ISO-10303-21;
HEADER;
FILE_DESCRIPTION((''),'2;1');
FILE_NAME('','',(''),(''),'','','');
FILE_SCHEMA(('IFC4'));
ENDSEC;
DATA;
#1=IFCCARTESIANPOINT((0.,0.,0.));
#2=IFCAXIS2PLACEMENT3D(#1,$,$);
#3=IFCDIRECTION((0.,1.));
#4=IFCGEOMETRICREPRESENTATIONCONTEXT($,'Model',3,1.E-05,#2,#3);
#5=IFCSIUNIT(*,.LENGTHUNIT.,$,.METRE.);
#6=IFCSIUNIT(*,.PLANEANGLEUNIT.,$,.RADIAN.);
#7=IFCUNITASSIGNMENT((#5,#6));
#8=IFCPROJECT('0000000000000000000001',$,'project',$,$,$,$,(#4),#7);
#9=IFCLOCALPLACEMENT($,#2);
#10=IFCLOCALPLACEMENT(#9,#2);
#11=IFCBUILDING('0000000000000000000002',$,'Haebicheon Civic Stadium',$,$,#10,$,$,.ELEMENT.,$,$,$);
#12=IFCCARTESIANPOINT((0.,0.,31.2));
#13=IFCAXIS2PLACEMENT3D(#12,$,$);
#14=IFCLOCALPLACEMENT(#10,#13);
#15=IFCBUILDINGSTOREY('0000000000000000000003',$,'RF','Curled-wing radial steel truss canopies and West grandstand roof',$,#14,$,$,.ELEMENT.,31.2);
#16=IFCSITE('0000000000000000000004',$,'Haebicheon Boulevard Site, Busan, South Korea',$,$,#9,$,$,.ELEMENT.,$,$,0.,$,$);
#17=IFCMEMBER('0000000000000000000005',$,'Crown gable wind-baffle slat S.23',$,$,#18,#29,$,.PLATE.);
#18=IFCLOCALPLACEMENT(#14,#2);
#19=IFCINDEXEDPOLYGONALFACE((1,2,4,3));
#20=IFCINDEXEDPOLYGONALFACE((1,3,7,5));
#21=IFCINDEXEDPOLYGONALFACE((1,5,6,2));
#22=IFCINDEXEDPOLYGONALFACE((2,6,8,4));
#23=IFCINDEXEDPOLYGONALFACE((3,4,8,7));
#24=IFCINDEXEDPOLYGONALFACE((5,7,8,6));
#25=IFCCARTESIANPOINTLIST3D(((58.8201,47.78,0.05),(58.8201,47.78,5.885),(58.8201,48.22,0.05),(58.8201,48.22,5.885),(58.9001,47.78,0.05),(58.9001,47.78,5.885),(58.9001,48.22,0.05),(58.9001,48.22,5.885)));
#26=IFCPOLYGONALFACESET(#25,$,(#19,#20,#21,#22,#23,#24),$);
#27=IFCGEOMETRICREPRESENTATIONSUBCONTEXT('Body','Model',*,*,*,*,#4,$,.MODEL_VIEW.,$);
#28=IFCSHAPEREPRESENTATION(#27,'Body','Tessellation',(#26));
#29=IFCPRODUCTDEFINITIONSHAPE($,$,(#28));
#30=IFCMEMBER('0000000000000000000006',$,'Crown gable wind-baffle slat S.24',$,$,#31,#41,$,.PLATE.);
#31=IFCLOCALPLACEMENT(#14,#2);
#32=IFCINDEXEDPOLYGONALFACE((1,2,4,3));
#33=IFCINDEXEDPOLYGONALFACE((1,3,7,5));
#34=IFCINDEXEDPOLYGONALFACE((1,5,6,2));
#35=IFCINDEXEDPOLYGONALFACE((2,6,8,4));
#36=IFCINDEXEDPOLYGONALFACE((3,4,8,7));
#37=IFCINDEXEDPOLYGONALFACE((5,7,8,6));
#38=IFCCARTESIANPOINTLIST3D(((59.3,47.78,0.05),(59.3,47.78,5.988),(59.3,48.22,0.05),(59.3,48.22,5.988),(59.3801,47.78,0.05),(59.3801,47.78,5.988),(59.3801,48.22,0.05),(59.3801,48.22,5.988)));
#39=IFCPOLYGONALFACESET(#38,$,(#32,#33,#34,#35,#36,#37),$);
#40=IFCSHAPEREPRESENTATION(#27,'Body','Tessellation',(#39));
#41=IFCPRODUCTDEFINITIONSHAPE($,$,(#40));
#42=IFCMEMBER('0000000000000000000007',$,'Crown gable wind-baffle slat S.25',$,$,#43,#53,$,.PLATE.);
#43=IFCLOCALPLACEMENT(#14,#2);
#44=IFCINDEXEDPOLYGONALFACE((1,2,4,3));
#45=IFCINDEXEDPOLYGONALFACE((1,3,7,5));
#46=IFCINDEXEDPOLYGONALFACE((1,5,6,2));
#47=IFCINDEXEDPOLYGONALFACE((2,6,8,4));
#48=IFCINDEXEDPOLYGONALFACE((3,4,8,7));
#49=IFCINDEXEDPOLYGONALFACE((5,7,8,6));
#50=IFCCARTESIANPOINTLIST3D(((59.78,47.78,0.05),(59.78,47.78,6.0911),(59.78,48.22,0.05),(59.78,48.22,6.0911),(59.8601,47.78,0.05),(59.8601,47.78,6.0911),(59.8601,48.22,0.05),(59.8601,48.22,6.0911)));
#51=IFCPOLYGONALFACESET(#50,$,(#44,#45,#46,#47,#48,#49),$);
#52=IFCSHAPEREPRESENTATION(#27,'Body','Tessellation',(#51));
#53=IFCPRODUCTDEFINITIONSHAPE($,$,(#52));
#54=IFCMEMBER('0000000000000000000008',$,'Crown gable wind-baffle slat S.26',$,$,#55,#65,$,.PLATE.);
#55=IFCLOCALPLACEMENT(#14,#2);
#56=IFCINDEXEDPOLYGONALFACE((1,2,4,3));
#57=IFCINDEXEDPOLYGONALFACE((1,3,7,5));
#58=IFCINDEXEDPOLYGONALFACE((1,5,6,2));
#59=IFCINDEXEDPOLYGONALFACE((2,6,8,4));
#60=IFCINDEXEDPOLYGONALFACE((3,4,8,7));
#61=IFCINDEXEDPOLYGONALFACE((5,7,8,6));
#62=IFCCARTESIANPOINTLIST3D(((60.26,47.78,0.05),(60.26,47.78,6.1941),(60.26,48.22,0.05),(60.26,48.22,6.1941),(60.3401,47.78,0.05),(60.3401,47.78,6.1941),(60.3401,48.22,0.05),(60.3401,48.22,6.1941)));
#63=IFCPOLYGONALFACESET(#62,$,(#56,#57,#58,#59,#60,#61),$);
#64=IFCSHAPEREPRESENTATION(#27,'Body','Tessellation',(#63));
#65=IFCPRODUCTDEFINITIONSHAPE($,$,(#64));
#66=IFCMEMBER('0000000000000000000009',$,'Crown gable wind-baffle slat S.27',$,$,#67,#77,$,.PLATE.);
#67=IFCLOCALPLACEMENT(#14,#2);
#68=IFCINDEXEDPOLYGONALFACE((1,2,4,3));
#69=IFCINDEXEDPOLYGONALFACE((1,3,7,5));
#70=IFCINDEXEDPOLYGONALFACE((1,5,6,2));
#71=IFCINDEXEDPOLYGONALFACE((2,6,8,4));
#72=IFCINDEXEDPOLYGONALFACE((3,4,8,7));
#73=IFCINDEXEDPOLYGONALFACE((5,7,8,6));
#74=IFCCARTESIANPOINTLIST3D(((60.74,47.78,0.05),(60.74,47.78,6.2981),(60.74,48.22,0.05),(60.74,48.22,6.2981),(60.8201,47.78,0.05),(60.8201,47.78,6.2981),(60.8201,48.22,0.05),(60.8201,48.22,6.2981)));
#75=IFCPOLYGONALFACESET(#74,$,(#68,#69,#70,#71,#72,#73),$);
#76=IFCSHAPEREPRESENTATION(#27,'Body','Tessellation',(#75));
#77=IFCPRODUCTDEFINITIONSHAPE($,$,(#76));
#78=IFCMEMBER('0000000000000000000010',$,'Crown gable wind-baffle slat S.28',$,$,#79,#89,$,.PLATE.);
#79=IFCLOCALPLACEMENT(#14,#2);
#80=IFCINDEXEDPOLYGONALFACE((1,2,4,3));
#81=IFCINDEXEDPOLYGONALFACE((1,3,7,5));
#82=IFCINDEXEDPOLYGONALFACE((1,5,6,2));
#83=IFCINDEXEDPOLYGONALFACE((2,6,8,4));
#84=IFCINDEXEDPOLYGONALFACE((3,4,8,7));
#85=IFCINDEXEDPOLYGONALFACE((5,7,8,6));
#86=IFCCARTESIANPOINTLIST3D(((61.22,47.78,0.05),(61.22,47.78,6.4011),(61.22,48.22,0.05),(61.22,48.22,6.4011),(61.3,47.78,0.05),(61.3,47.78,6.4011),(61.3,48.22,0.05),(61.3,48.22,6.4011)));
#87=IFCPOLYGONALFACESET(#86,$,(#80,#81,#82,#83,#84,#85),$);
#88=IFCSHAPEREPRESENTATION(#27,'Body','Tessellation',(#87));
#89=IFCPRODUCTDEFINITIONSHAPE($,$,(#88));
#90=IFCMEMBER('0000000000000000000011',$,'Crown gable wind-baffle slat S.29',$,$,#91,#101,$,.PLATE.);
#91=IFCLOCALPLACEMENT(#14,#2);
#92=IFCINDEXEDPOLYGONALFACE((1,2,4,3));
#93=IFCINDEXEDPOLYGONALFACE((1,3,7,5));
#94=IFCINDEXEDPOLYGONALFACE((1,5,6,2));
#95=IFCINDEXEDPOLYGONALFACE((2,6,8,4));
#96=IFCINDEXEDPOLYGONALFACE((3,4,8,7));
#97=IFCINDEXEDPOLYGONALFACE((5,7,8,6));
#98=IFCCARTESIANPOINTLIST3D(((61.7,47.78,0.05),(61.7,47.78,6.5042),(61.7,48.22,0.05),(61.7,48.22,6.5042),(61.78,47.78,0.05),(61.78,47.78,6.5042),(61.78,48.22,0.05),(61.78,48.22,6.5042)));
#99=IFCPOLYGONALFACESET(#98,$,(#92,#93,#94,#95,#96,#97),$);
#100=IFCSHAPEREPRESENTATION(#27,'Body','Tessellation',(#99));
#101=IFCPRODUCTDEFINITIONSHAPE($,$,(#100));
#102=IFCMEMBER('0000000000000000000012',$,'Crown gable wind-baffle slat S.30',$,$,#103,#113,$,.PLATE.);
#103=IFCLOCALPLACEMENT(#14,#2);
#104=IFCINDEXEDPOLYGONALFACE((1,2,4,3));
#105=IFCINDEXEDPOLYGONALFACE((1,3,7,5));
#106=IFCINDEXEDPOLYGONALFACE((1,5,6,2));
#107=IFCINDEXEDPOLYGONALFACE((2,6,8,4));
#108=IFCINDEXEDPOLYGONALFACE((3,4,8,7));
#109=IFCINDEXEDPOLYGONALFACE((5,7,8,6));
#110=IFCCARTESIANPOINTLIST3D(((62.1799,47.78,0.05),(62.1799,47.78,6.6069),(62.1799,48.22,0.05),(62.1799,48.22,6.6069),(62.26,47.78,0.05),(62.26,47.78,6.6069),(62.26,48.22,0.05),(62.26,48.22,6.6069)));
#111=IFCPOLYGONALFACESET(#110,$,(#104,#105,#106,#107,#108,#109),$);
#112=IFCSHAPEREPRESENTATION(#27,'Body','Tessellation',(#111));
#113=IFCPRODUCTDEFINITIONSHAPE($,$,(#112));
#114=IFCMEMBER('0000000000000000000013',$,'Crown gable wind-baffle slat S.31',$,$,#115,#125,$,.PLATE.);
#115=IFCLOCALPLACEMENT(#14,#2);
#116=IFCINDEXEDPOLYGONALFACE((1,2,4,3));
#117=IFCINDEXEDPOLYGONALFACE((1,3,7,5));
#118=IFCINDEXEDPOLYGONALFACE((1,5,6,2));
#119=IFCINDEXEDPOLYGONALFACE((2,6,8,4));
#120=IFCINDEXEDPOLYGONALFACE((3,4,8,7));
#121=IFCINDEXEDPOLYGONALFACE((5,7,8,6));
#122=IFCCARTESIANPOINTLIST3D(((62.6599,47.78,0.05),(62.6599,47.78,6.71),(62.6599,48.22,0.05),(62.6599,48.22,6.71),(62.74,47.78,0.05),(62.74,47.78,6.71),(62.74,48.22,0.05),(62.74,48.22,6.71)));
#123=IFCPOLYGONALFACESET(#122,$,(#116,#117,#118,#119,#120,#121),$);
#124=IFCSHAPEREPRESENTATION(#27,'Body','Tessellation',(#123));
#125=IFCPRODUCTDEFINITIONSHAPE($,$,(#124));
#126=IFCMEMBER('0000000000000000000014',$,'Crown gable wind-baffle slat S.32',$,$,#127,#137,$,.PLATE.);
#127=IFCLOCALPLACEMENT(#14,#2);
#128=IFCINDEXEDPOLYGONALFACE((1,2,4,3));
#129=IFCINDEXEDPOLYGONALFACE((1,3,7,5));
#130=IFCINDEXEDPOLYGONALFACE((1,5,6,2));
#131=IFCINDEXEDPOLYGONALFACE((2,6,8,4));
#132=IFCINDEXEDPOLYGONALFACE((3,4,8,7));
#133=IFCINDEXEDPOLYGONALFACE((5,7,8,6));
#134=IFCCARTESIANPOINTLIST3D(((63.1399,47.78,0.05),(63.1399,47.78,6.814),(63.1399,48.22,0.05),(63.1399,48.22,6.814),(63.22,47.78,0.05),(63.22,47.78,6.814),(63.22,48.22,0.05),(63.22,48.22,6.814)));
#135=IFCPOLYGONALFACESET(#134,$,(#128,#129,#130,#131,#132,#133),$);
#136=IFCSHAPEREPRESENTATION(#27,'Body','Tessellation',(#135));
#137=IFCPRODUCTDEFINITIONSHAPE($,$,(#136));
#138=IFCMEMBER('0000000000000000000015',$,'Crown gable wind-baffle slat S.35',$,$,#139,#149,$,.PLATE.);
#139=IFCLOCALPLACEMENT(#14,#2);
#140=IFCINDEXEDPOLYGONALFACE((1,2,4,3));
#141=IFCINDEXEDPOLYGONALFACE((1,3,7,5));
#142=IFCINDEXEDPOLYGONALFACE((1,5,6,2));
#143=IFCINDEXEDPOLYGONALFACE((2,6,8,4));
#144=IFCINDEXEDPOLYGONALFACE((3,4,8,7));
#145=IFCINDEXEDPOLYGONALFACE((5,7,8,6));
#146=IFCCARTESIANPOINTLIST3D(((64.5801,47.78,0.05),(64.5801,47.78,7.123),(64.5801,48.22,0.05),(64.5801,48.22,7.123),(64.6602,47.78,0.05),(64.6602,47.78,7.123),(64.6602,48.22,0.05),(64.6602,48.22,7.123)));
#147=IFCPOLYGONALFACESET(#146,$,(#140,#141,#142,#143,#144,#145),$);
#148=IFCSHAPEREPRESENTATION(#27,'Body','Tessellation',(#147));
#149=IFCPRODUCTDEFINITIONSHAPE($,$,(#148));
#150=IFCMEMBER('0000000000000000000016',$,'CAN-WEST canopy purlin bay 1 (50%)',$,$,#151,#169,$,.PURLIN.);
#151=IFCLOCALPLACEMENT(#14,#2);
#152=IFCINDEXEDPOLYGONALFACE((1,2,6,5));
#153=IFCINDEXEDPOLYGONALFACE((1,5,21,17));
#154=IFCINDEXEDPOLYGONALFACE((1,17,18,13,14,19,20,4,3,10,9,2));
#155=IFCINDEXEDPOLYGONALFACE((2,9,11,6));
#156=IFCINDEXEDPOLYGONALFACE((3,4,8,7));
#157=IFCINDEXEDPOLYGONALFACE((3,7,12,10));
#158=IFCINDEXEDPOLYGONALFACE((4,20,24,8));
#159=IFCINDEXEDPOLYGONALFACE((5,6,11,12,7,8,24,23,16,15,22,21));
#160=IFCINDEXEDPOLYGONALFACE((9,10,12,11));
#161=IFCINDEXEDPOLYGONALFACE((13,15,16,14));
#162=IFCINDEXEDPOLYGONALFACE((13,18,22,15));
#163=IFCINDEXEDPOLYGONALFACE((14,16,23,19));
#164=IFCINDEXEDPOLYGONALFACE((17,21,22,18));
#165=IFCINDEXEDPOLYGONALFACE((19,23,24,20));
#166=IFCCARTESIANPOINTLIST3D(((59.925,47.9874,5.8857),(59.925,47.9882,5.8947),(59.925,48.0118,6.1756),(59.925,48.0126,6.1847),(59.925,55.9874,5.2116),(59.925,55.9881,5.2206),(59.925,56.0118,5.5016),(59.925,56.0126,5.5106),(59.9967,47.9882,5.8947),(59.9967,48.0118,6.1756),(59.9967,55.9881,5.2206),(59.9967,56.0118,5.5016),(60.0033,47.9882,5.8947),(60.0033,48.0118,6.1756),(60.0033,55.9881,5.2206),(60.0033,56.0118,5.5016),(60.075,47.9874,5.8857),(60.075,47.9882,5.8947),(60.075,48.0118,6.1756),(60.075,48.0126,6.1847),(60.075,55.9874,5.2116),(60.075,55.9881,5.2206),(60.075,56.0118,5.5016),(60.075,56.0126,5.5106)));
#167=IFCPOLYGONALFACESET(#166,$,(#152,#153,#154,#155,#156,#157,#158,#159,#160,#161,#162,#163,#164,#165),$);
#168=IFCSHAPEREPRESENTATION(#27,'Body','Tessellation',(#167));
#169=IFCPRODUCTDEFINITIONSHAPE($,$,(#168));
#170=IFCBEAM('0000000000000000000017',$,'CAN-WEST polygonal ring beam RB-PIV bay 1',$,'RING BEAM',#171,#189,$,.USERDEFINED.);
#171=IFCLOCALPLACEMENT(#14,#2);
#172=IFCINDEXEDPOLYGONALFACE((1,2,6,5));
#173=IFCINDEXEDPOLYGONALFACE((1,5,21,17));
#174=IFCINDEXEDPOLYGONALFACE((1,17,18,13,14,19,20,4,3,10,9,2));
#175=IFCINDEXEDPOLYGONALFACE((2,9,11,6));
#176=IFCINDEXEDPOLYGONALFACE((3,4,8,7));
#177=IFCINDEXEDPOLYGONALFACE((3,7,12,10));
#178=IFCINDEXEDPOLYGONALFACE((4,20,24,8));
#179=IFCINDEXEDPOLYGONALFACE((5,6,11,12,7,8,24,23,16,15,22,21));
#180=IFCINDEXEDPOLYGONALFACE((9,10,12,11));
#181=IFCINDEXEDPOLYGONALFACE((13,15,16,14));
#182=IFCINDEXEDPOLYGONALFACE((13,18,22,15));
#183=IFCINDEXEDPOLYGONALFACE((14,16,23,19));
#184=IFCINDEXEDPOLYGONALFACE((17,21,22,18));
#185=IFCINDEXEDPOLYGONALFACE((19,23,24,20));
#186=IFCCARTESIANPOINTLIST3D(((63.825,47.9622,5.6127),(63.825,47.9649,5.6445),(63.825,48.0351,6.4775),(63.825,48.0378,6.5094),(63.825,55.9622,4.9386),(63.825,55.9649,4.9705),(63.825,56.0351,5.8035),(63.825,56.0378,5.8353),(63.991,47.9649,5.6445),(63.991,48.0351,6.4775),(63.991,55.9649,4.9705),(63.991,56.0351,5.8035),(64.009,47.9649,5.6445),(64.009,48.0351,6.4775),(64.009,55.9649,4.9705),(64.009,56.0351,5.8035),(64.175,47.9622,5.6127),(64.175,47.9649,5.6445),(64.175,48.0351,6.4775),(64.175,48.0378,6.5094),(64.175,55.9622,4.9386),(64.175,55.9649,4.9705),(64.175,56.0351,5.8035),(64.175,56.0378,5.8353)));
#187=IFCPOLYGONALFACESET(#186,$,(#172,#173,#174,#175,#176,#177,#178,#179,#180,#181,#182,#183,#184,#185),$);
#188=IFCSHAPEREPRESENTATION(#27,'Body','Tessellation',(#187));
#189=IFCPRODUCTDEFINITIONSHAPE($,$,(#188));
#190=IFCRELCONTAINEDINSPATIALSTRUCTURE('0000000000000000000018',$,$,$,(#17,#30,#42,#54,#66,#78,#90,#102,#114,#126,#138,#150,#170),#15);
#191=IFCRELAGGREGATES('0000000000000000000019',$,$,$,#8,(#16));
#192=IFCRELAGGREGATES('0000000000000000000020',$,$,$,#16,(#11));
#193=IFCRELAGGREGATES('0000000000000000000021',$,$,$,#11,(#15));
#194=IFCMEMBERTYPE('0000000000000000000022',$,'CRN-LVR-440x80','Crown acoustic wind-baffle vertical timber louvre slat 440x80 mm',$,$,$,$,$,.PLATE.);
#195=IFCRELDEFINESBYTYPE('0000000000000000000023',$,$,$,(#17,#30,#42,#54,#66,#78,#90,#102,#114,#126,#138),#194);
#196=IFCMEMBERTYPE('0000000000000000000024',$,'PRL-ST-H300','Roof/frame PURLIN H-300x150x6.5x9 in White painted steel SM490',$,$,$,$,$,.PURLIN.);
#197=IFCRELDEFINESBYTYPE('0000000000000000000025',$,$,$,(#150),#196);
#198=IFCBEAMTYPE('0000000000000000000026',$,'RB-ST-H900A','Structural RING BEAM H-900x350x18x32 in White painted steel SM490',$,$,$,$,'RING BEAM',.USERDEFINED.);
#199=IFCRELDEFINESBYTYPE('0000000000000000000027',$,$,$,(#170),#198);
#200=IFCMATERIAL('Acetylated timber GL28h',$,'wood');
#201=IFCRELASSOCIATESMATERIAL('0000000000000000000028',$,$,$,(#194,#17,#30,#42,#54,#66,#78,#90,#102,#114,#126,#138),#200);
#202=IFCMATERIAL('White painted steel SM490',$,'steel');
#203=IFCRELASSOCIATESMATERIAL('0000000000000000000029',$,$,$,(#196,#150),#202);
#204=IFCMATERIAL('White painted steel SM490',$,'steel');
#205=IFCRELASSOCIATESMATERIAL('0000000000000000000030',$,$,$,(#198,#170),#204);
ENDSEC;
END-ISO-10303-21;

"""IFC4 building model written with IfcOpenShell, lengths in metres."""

from ifc_helpers import new_model, si_unit, direction, frame, origin, origin_2d, place, context, subcontext, project, spatial, rectangle, i_section, extrude, material, material_profile, profile_set, type_object, element, save


model = new_model("IFC4")

# Units and contexts
model_context = context("Model", 3, precision=1e-05, world=origin(), true_north=direction((0.0, 1.0)))
body_context = subcontext(model_context, "Body", "Model", "MODEL_VIEW")
ifc_project = project(units=[si_unit("LENGTHUNIT", "METRE"), si_unit("PLANEANGLEUNIT", "RADIAN")], contexts=[model_context])

# Site, building, storey
site_placement = place(None, origin())
site = spatial("IfcSite", under=ifc_project, at=site_placement, Name="Haebicheon Boulevard Site, Busan, South Korea", CompositionType="ELEMENT", RefElevation=0.0)
building_placement = place(site_placement, origin())
building = spatial("IfcBuilding", under=site, at=building_placement, Name="Haebicheon Civic Stadium", CompositionType="ELEMENT")
storey_placement = place(building_placement, frame((0.0, 0.0, 31.2)))
storey = spatial("IfcBuildingStorey", under=building, at=storey_placement, Name="RF", Description="Curled-wing radial steel truss canopies and West grandstand roof", CompositionType="ELEMENT", Elevation=31.2)

# Members
ifc_material_1 = material(Name="Acetylated timber GL28h", Category="wood")
ifc_material_profile_1 = material_profile(ifc_material_1, rectangle(XDim=0.0801, YDim=0.4399, at=origin_2d()), Name="TMB-LOUV-80x440")
ifc_profile_set_1 = profile_set([ifc_material_profile_1], Name="Acetylated timber GL28h")
member_type_1 = type_object("IfcMemberType", Name="CRN-LVR-440x80", Description="Crown acoustic wind-baffle vertical timber louvre slat 440x80 mm", PredefinedType="PLATE", material=ifc_profile_set_1)
member_1_placement = place(storey_placement, frame((58.8601, 48.0, 0.05), z_axis=(0.0, 0.0, 1.0), x_axis=(1.0, 0.0, 0.0)))
element("IfcMember", 1, at=member_1_placement, inside=storey, type_object=member_type_1, material=ifc_profile_set_1, Name="Crown gable wind-baffle slat S.23", PredefinedType="PLATE", context=body_context, shape_type="SweptSolid", body=[
    extrude(rectangle(XDim=0.0801, YDim=0.4399, at=origin_2d()), origin(), (0.0, 0.0, 1.0), 5.835),
])
member_2_placement = place(storey_placement, frame((59.3401, 48.0, 0.05), z_axis=(0.0, 0.0, 1.0), x_axis=(1.0, 0.0, 0.0)))
element("IfcMember", 2, at=member_2_placement, inside=storey, type_object=member_type_1, material=ifc_profile_set_1, Name="Crown gable wind-baffle slat S.24", PredefinedType="PLATE", context=body_context, shape_type="SweptSolid", body=[
    extrude(rectangle(XDim=0.0801, YDim=0.4399, at=origin_2d()), origin(), (0.0, 0.0, 1.0), 5.938),
])
member_3_placement = place(storey_placement, frame((59.8201, 48.0, 0.05), z_axis=(0.0, 0.0, 1.0), x_axis=(1.0, 0.0, 0.0)))
element("IfcMember", 3, at=member_3_placement, inside=storey, type_object=member_type_1, material=ifc_profile_set_1, Name="Crown gable wind-baffle slat S.25", PredefinedType="PLATE", context=body_context, shape_type="SweptSolid", body=[
    extrude(rectangle(XDim=0.0801, YDim=0.4399, at=origin_2d()), origin(), (0.0, 0.0, 1.0), 6.041),
])
member_4_placement = place(storey_placement, frame((60.3, 48.0, 0.05), z_axis=(0.0, 0.0, 1.0), x_axis=(1.0, 0.0, 0.0)))
element("IfcMember", 4, at=member_4_placement, inside=storey, type_object=member_type_1, material=ifc_profile_set_1, Name="Crown gable wind-baffle slat S.26", PredefinedType="PLATE", context=body_context, shape_type="SweptSolid", body=[
    extrude(rectangle(XDim=0.0801, YDim=0.4399, at=origin_2d()), origin(), (0.0, 0.0, 1.0), 6.144),
])
member_5_placement = place(storey_placement, frame((60.78, 48.0, 0.05), z_axis=(0.0, 0.0, 1.0), x_axis=(1.0, 0.0, 0.0)))
element("IfcMember", 5, at=member_5_placement, inside=storey, type_object=member_type_1, material=ifc_profile_set_1, Name="Crown gable wind-baffle slat S.27", PredefinedType="PLATE", context=body_context, shape_type="SweptSolid", body=[
    extrude(rectangle(XDim=0.0801, YDim=0.4399, at=origin_2d()), origin(), (0.0, 0.0, 1.0), 6.248),
])
member_6_placement = place(storey_placement, frame((61.26, 48.0, 0.05), z_axis=(0.0, 0.0, 1.0), x_axis=(1.0, 0.0, 0.0)))
element("IfcMember", 6, at=member_6_placement, inside=storey, type_object=member_type_1, material=ifc_profile_set_1, Name="Crown gable wind-baffle slat S.28", PredefinedType="PLATE", context=body_context, shape_type="SweptSolid", body=[
    extrude(rectangle(XDim=0.0801, YDim=0.4399, at=origin_2d()), origin(), (0.0, 0.0, 1.0), 6.3511),
])
member_7_placement = place(storey_placement, frame((61.74, 48.0, 0.05), z_axis=(0.0, 0.0, 1.0), x_axis=(1.0, 0.0, 0.0)))
element("IfcMember", 7, at=member_7_placement, inside=storey, type_object=member_type_1, material=ifc_profile_set_1, Name="Crown gable wind-baffle slat S.29", PredefinedType="PLATE", context=body_context, shape_type="SweptSolid", body=[
    extrude(rectangle(XDim=0.0801, YDim=0.4399, at=origin_2d()), origin(), (0.0, 0.0, 1.0), 6.4541),
])
member_8_placement = place(storey_placement, frame((62.22, 48.0, 0.05), z_axis=(0.0, 0.0, 1.0), x_axis=(1.0, 0.0, 0.0)))
element("IfcMember", 8, at=member_8_placement, inside=storey, type_object=member_type_1, material=ifc_profile_set_1, Name="Crown gable wind-baffle slat S.30", PredefinedType="PLATE", context=body_context, shape_type="SweptSolid", body=[
    extrude(rectangle(XDim=0.0801, YDim=0.4399, at=origin_2d()), origin(), (0.0, 0.0, 1.0), 6.5569),
])
member_9_placement = place(storey_placement, frame((62.7, 48.0, 0.05), z_axis=(0.0, 0.0, 1.0), x_axis=(1.0, 0.0, 0.0)))
element("IfcMember", 9, at=member_9_placement, inside=storey, type_object=member_type_1, material=ifc_profile_set_1, Name="Crown gable wind-baffle slat S.31", PredefinedType="PLATE", context=body_context, shape_type="SweptSolid", body=[
    extrude(rectangle(XDim=0.0801, YDim=0.4399, at=origin_2d()), origin(), (0.0, 0.0, 1.0), 6.6599),
])
member_10_placement = place(storey_placement, frame((63.1799, 48.0, 0.05), z_axis=(0.0, 0.0, 1.0), x_axis=(1.0, 0.0, 0.0)))
element("IfcMember", 10, at=member_10_placement, inside=storey, type_object=member_type_1, material=ifc_profile_set_1, Name="Crown gable wind-baffle slat S.32", PredefinedType="PLATE", context=body_context, shape_type="SweptSolid", body=[
    extrude(rectangle(XDim=0.0801, YDim=0.4399, at=origin_2d()), origin(), (0.0, 0.0, 1.0), 6.7639),
])
member_11_placement = place(storey_placement, frame((64.6201, 48.0, 0.05), z_axis=(0.0, 0.0, 1.0), x_axis=(1.0, 0.0, 0.0)))
element("IfcMember", 11, at=member_11_placement, inside=storey, type_object=member_type_1, material=ifc_profile_set_1, Name="Crown gable wind-baffle slat S.35", PredefinedType="PLATE", context=body_context, shape_type="SweptSolid", body=[
    extrude(rectangle(XDim=0.0801, YDim=0.4399, at=origin_2d()), origin(), (0.0, 0.0, 1.0), 7.073),
])
ifc_material_2 = material(Name="White painted steel SM490", Category="steel")
ifc_material_profile_2 = material_profile(ifc_material_2, i_section(OverallWidth=0.1499, OverallDepth=0.3, WebThickness=0.0066, FlangeThickness=0.009, at=origin_2d()), Name="H-300x150x6.5x9")
ifc_profile_set_2 = profile_set([ifc_material_profile_2], Name="White painted steel SM490")
member_type_2 = type_object("IfcMemberType", Name="PRL-ST-H300", Description="Roof/frame PURLIN H-300x150x6.5x9 in White painted steel SM490", PredefinedType="PURLIN", material=ifc_profile_set_2)
member_12_placement = place(storey_placement, frame((60.0, 48.0, 6.0352), z_axis=(0.0, 0.996469, -0.083962), x_axis=(-1.0, 0.0, 0.0)))
element("IfcMember", 12, at=member_12_placement, inside=storey, type_object=member_type_2, material=ifc_profile_set_2, Name="CAN-WEST canopy purlin bay 1 (50%)", PredefinedType="PURLIN", context=body_context, shape_type="SweptSolid", body=[
    extrude(i_section(OverallWidth=0.1499, OverallDepth=0.3, WebThickness=0.0066, FlangeThickness=0.009, at=origin_2d()), origin(), (0.0, 0.0, 1.0), 8.0283),
])

# Beam
ifc_material_3 = material(Name="White painted steel SM490", Category="steel")
ifc_material_profile_3 = material_profile(ifc_material_3, i_section(OverallWidth=0.3501, OverallDepth=0.8999, WebThickness=0.0181, FlangeThickness=0.032, at=origin_2d()), Name="H-900x350x18x32")
ifc_profile_set_3 = profile_set([ifc_material_profile_3], Name="White painted steel SM490")
beam_type = type_object("IfcBeamType", Name="RB-ST-H900A", Description="Structural RING BEAM H-900x350x18x32 in White painted steel SM490", ElementType="RING BEAM", PredefinedType="USERDEFINED", material=ifc_profile_set_3)
beam_placement = place(storey_placement, frame((64.0, 48.0, 6.061), z_axis=(0.0, 0.996469, -0.083962), x_axis=(-1.0, 0.0, 0.0)))
element("IfcBeam", 13, at=beam_placement, inside=storey, type_object=beam_type, material=ifc_profile_set_3, Name="CAN-WEST polygonal ring beam RB-PIV bay 1", ObjectType="RING BEAM", PredefinedType="USERDEFINED", context=body_context, shape_type="SweptSolid", body=[
    extrude(i_section(OverallWidth=0.3501, OverallDepth=0.8999, WebThickness=0.0181, FlangeThickness=0.032, at=origin_2d()), origin(), (0.0, 0.0, 1.0), 8.0283),
])

save(model, "model.ifc")
